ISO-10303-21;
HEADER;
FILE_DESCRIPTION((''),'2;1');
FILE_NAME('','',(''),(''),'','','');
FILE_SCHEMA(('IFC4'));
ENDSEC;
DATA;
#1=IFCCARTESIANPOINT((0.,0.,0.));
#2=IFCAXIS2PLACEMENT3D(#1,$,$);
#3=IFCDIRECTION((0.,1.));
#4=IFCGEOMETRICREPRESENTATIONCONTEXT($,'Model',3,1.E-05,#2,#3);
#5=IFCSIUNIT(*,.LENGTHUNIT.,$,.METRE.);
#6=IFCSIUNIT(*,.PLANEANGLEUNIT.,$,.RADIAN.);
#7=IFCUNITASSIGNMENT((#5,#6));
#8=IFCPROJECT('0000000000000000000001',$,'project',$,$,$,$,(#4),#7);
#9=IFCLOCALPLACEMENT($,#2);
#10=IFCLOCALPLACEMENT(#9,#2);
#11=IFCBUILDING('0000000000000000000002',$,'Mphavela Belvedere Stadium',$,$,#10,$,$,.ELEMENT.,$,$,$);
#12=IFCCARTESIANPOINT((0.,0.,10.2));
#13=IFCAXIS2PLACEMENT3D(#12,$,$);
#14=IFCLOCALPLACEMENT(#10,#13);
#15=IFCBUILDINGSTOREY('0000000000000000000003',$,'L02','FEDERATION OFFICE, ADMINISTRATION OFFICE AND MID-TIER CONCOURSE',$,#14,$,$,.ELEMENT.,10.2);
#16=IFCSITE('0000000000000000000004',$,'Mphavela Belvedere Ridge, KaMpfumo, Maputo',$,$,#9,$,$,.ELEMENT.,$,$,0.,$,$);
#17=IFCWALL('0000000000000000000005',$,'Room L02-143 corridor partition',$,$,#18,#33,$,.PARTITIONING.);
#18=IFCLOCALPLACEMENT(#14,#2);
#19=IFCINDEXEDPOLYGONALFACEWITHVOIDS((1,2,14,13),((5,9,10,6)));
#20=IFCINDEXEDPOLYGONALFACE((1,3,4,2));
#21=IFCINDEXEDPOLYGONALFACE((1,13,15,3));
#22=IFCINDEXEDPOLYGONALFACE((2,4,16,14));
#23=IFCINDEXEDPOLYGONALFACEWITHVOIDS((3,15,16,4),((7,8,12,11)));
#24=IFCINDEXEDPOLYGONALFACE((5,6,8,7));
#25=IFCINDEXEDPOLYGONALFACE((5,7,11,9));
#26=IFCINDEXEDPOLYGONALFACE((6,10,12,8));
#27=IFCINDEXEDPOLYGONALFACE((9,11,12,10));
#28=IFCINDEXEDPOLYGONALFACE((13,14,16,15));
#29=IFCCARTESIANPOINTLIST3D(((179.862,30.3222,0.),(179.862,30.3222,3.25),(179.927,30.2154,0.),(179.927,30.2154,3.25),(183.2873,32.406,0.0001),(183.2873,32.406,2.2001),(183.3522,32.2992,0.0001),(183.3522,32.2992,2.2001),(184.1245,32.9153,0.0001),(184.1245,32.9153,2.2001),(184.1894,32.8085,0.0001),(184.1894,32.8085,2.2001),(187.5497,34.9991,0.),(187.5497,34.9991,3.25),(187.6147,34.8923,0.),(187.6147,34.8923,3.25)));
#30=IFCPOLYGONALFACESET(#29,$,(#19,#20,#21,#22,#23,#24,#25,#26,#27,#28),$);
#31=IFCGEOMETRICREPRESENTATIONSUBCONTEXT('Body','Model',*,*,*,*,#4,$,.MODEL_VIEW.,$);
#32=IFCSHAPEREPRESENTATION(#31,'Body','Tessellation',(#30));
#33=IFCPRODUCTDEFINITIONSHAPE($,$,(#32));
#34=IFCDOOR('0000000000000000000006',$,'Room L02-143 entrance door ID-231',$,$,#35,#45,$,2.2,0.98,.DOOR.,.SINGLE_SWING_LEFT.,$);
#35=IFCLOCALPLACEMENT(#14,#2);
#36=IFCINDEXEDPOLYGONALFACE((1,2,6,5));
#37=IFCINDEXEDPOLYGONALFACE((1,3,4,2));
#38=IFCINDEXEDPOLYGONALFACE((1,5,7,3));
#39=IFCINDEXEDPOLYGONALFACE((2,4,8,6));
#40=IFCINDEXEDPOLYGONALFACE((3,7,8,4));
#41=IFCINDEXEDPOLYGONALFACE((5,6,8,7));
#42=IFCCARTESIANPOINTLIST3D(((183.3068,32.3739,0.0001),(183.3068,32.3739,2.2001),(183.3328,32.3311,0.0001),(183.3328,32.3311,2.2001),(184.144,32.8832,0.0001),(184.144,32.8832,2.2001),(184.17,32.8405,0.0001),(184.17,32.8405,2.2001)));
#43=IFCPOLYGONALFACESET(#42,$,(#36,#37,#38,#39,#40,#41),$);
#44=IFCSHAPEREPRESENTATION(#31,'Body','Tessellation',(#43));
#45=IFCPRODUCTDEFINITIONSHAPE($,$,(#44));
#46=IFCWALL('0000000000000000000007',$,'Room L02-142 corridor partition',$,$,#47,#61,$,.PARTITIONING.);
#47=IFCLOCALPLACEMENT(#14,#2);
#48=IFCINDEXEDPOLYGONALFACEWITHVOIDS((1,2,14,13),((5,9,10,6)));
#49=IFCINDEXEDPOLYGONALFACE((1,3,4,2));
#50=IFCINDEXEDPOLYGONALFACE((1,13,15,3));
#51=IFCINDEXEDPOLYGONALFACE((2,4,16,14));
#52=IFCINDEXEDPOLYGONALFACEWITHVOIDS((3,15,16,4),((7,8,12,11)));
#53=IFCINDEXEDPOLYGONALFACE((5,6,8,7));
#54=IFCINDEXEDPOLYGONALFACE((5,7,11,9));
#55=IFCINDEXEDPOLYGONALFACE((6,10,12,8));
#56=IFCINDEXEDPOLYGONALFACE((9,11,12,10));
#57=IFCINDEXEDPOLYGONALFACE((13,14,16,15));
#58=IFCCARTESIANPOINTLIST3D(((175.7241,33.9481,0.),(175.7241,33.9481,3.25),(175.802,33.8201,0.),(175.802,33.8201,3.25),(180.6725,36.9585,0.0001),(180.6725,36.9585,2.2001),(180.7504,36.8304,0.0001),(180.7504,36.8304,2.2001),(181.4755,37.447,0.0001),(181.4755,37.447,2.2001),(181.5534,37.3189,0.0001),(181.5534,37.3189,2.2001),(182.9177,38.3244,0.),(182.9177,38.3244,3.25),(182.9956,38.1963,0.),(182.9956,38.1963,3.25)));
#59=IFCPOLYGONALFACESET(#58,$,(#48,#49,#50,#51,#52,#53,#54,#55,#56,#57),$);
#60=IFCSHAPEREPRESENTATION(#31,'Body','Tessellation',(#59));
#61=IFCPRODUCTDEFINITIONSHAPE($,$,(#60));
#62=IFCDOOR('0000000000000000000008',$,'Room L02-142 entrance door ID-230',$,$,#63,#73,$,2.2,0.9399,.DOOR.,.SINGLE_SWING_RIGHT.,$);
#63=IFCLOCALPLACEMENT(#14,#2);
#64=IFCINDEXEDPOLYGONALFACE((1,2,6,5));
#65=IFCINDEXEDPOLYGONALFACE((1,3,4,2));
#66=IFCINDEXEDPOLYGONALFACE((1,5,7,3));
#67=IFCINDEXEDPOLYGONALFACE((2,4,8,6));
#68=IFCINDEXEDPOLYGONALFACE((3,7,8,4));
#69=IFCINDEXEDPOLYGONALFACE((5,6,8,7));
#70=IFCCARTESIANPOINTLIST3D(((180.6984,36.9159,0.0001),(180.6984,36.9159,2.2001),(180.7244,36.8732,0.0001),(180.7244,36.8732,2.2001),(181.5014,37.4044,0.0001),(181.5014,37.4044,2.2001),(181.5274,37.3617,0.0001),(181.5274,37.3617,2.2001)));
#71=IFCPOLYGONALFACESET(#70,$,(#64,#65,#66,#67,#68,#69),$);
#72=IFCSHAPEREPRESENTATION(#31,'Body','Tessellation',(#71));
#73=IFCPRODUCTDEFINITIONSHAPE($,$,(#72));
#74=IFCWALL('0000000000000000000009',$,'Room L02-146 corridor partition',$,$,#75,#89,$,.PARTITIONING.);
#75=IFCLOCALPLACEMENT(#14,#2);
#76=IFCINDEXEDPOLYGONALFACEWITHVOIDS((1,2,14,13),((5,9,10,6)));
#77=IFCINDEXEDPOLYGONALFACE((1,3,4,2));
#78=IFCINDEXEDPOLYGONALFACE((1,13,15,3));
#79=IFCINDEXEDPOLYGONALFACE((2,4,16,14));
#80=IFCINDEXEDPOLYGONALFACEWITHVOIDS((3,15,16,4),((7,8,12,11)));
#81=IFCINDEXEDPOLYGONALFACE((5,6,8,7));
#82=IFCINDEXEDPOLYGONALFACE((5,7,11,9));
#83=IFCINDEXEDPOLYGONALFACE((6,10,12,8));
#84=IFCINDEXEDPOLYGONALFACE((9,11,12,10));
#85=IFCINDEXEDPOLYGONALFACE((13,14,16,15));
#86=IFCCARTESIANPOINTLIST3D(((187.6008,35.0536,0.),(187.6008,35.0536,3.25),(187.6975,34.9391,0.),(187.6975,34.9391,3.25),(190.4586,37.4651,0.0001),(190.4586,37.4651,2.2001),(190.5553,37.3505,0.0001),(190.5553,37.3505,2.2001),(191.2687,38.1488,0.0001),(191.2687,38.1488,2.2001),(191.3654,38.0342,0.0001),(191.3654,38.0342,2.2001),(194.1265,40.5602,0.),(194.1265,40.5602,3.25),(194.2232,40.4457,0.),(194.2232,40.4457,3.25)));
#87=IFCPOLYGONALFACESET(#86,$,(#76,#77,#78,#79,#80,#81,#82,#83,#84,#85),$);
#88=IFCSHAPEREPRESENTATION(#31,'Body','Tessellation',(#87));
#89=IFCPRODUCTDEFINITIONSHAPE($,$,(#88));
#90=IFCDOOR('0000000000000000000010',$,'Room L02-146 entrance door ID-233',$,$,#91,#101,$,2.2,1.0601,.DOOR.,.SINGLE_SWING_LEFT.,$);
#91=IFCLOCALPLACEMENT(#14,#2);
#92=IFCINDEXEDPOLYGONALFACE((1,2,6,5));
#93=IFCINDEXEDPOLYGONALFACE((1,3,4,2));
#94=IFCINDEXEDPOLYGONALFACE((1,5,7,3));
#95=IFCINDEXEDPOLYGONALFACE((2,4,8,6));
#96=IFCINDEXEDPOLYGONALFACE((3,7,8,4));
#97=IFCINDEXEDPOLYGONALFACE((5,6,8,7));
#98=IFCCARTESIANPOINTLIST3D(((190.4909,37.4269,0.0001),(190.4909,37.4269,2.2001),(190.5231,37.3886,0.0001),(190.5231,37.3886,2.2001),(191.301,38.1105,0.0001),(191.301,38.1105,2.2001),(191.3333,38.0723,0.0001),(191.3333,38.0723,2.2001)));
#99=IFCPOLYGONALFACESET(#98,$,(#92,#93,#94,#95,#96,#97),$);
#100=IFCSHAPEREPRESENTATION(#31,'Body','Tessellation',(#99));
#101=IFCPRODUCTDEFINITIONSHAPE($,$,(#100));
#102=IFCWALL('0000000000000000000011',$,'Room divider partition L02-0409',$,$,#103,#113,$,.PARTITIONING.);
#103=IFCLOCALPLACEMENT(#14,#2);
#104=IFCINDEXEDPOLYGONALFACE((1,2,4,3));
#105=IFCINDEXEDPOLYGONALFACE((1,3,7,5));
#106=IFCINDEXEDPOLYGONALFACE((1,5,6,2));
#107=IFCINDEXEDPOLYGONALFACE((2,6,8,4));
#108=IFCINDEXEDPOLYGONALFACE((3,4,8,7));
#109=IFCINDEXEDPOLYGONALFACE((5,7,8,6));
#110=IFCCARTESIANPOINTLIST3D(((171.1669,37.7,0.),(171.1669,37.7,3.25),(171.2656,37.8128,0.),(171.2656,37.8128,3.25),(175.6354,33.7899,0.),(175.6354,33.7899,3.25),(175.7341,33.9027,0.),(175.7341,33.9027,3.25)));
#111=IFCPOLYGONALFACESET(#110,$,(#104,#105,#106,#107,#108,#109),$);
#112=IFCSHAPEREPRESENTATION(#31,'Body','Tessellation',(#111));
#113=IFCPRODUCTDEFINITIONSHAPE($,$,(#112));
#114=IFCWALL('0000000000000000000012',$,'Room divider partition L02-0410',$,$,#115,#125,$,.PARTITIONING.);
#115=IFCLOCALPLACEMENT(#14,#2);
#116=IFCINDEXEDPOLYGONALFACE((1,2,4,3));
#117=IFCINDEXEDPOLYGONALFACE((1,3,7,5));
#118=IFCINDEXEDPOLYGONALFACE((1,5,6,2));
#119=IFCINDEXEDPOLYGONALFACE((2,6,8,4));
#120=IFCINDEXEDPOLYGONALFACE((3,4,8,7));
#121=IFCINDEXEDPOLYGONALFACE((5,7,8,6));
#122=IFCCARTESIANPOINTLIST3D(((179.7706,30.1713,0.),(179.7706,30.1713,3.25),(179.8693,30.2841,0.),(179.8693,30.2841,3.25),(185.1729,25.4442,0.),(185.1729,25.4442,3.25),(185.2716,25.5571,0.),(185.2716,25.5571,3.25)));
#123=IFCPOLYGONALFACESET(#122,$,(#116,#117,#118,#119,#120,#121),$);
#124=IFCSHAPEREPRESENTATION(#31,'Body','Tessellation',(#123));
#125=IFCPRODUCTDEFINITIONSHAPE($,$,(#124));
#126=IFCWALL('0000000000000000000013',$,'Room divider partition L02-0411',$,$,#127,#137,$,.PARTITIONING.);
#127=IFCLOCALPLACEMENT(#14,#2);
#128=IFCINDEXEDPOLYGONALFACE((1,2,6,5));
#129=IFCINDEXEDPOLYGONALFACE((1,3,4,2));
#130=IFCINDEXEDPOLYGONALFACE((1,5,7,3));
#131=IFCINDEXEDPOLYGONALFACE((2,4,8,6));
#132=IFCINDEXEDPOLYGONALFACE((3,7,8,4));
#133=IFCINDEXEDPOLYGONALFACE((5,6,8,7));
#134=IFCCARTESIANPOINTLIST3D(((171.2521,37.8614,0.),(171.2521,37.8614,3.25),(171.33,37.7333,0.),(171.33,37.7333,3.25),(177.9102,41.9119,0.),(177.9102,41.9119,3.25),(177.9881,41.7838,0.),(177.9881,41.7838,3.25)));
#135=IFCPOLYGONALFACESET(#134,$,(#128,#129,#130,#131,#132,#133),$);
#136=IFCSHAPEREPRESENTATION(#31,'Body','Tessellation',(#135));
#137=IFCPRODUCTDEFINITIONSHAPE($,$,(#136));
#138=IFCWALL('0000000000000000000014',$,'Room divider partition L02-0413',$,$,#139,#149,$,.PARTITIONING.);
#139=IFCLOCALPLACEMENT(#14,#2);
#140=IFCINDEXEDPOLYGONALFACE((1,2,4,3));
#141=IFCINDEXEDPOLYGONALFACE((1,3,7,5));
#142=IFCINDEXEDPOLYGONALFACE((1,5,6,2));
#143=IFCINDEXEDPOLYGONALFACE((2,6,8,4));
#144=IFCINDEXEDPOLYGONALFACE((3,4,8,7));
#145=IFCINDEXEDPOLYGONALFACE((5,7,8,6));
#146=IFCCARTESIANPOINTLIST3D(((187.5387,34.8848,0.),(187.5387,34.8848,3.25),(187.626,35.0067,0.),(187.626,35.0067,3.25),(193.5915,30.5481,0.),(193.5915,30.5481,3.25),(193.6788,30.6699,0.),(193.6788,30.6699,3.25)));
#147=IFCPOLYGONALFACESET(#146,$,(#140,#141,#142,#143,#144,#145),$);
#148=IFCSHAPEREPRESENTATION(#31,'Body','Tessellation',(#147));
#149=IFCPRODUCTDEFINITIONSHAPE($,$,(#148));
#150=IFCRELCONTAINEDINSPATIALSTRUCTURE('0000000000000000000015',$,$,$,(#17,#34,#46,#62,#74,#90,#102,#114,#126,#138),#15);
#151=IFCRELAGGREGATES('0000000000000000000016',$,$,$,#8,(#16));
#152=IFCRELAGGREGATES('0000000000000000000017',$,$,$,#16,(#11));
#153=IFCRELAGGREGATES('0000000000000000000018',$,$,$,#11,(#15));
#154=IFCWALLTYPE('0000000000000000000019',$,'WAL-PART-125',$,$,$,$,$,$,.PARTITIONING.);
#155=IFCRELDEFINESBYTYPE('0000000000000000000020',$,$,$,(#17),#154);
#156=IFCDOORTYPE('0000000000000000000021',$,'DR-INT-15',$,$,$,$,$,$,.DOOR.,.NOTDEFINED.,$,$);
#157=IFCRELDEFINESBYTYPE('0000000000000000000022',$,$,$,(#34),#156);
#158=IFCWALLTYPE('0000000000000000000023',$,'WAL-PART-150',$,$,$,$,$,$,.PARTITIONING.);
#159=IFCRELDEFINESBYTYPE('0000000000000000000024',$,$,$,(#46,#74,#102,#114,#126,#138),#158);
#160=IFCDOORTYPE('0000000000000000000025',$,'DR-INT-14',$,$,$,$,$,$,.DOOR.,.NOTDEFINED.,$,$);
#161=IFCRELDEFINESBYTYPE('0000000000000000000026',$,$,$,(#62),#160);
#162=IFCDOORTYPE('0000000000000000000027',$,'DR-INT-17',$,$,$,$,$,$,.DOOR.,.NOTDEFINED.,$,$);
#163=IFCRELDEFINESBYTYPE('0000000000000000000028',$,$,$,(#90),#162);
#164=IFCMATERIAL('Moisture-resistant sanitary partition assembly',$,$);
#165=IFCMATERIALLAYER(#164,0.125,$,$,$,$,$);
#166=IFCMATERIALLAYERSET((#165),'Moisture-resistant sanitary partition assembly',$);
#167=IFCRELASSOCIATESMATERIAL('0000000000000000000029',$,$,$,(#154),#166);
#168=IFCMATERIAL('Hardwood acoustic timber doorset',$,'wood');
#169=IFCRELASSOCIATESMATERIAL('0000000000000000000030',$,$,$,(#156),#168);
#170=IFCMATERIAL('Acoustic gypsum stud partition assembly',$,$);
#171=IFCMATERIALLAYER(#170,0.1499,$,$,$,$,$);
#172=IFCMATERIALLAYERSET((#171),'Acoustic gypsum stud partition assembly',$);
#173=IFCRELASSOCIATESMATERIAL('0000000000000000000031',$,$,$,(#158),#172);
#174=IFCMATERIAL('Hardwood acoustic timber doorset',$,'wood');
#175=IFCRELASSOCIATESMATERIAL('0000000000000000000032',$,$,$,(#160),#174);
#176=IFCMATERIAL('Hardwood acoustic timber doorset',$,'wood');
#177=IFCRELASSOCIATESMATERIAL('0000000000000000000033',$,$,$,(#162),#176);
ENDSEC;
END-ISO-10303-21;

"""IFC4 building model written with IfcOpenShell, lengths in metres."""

from ifc_helpers import new_model, si_unit, direction, frame, frame_2d, origin, place, context, subcontext, project, spatial, rectangle, extrude, material, layer, layer_set, type_object, element, fill, save


model = new_model("IFC4")

# Units and contexts
model_context = context("Model", 3, precision=1e-05, world=origin(), true_north=direction((0.0, 1.0)))
body_context = subcontext(model_context, "Body", "Model", "MODEL_VIEW")
ifc_project = project(units=[si_unit("LENGTHUNIT", "METRE"), si_unit("PLANEANGLEUNIT", "RADIAN")], contexts=[model_context])

# Site, building, storey
site_placement = place(None, origin())
site = spatial("IfcSite", under=ifc_project, at=site_placement, Name="Mphavela Belvedere Ridge, KaMpfumo, Maputo", CompositionType="ELEMENT", RefElevation=0.0)
building_placement = place(site_placement, origin())
building = spatial("IfcBuilding", under=site, at=building_placement, Name="Mphavela Belvedere Stadium", CompositionType="ELEMENT")
storey_placement = place(building_placement, frame((0.0, 0.0, 10.2)))
storey = spatial("IfcBuildingStorey", under=building, at=storey_placement, Name="L02", Description="FEDERATION OFFICE, ADMINISTRATION OFFICE AND MID-TIER CONCOURSE", CompositionType="ELEMENT", Elevation=10.2)

# Walls, openings, doors
ifc_material_1 = material(Name="Moisture-resistant sanitary partition assembly")
ifc_layer_1 = layer(ifc_material_1, 0.125)
ifc_layer_set_1 = layer_set([ifc_layer_1], Name="Moisture-resistant sanitary partition assembly")
wall_type_1 = type_object("IfcWallType", Name="WAL-PART-125", PredefinedType="PARTITIONING", material=ifc_layer_set_1)
wall_1_placement = place(storey_placement, frame((179.8945, 30.2688, 0.0), z_axis=(0.0, 0.0, 1.0), x_axis=(0.854322, 0.519745, 0.0)))
wall_1 = element("IfcWall", 1, at=wall_1_placement, inside=storey, type_object=wall_type_1, Name="Room L02-143 corridor partition", PredefinedType="PARTITIONING", context=body_context, shape_type="SweptSolid", body=[
    extrude(rectangle(XDim=8.9985, YDim=0.125, at=frame_2d((4.4993, 0.0))), origin(), (0.0, 0.0, 1.0), 3.25),
])
opening_1_placement = place(wall_1_placement, frame((4.0093, 0.0, 0.0)))
opening_1 = element("IfcOpeningElement", 2, at=opening_1_placement, cuts=wall_1, PredefinedType="OPENING", context=body_context, shape_type="SweptSolid", body=[
    extrude(rectangle(XDim=0.98, YDim=2.2, at=frame_2d((0.49, 1.1001))), frame((0.0, 0.0725, 0.0), z_axis=(0.0, -1.0, 0.0), x_axis=(1.0, 0.0, 0.0)), (0.0, 0.0, 1.0), 0.145),
])
ifc_material_2 = material(Name="Hardwood acoustic timber doorset", Category="wood")
door_type_1 = type_object("IfcDoorType", Name="DR-INT-15", OperationType="NOTDEFINED", PredefinedType="DOOR", material=ifc_material_2)
door_1_placement = place(opening_1_placement, origin())
door_1 = element("IfcDoor", 3, at=door_1_placement, inside=storey, type_object=door_type_1, Name="Room L02-143 entrance door ID-231", OperationType="SINGLE_SWING_LEFT", OverallHeight=2.2, OverallWidth=0.98, PredefinedType="DOOR", context=body_context, shape_type="SweptSolid", body=[
    extrude(rectangle(XDim=0.98, YDim=2.2, at=frame_2d((0.49, 1.1001))), frame((0.0, 0.0249, 0.0), z_axis=(0.0, -1.0, 0.0), x_axis=(1.0, 0.0, 0.0)), (0.0, 0.0, 1.0), 0.05),
])
fill(opening_1, door_1)
ifc_material_3 = material(Name="Acoustic gypsum stud partition assembly")
ifc_layer_2 = layer(ifc_material_3, 0.1499)
ifc_layer_set_2 = layer_set([ifc_layer_2], Name="Acoustic gypsum stud partition assembly")
wall_type_2 = type_object("IfcWallType", Name="WAL-PART-150", PredefinedType="PARTITIONING", material=ifc_layer_set_2)
wall_2_placement = place(storey_placement, frame((182.9565, 38.2603, 0.0), z_axis=(0.0, 0.0, 1.0), x_axis=(-0.85433, -0.519731, 0.0)))
wall_2 = element("IfcWall", 4, at=wall_2_placement, inside=storey, type_object=wall_type_2, Name="Room L02-142 corridor partition", PredefinedType="PARTITIONING", context=body_context, shape_type="SweptSolid", body=[
    extrude(rectangle(XDim=8.4202, YDim=0.1499, at=frame_2d((4.21, 0.0))), origin(), (0.0, 0.0, 1.0), 3.25),
])
opening_2_placement = place(wall_2_placement, frame((1.688, 0.0, 0.0)))
opening_2 = element("IfcOpeningElement", 5, at=opening_2_placement, cuts=wall_2, PredefinedType="OPENING", context=body_context, shape_type="SweptSolid", body=[
    extrude(rectangle(XDim=0.9399, YDim=2.2, at=frame_2d((0.47, 1.1001))), frame((0.0, 0.085, 0.0), z_axis=(0.0, -1.0, 0.0), x_axis=(1.0, 0.0, 0.0)), (0.0, 0.0, 1.0), 0.1699),
])
ifc_material_4 = material(Name="Hardwood acoustic timber doorset", Category="wood")
door_type_2 = type_object("IfcDoorType", Name="DR-INT-14", OperationType="NOTDEFINED", PredefinedType="DOOR", material=ifc_material_4)
door_2_placement = place(opening_2_placement, origin())
door_2 = element("IfcDoor", 6, at=door_2_placement, inside=storey, type_object=door_type_2, Name="Room L02-142 entrance door ID-230", OperationType="SINGLE_SWING_RIGHT", OverallHeight=2.2, OverallWidth=0.9399, PredefinedType="DOOR", context=body_context, shape_type="SweptSolid", body=[
    extrude(rectangle(XDim=0.9399, YDim=2.2, at=frame_2d((0.47, 1.1001))), frame((0.0, 0.0249, 0.0), z_axis=(0.0, -1.0, 0.0), x_axis=(1.0, 0.0, 0.0)), (0.0, 0.0, 1.0), 0.05),
])
fill(opening_2, door_2)
wall_3_placement = place(storey_placement, frame((187.6492, 34.9963, 0.0), z_axis=(0.0, 0.0, 1.0), x_axis=(0.764258, 0.644911, 0.0)))
wall_3 = element("IfcWall", 7, at=wall_3_placement, inside=storey, type_object=wall_type_2, Name="Room L02-146 corridor partition", PredefinedType="PARTITIONING", context=body_context, shape_type="SweptSolid", body=[
    extrude(rectangle(XDim=8.5386, YDim=0.1499, at=frame_2d((4.2693, 0.0))), origin(), (0.0, 0.0, 1.0), 3.25),
])
opening_3_placement = place(wall_3_placement, frame((3.7393, 0.0, 0.0)))
opening_3 = element("IfcOpeningElement", 8, at=opening_3_placement, cuts=wall_3, PredefinedType="OPENING", context=body_context, shape_type="SweptSolid", body=[
    extrude(rectangle(XDim=1.0601, YDim=2.2, at=frame_2d((0.53, 1.1001))), frame((0.0, 0.085, 0.0), z_axis=(0.0, -1.0, 0.0), x_axis=(1.0, 0.0, 0.0)), (0.0, 0.0, 1.0), 0.1699),
])
ifc_material_5 = material(Name="Hardwood acoustic timber doorset", Category="wood")
door_type_3 = type_object("IfcDoorType", Name="DR-INT-17", OperationType="NOTDEFINED", PredefinedType="DOOR", material=ifc_material_5)
door_3_placement = place(opening_3_placement, origin())
door_3 = element("IfcDoor", 9, at=door_3_placement, inside=storey, type_object=door_type_3, Name="Room L02-146 entrance door ID-233", OperationType="SINGLE_SWING_LEFT", OverallHeight=2.2, OverallWidth=1.0601, PredefinedType="DOOR", context=body_context, shape_type="SweptSolid", body=[
    extrude(rectangle(XDim=1.0601, YDim=2.2, at=frame_2d((0.53, 1.1001))), frame((0.0, 0.0249, 0.0), z_axis=(0.0, -1.0, 0.0), x_axis=(1.0, 0.0, 0.0)), (0.0, 0.0, 1.0), 0.05),
])
fill(opening_3, door_3)

# Walls
wall_4_placement = place(storey_placement, frame((171.2163, 37.7563, 0.0), z_axis=(0.0, 0.0, 1.0), x_axis=(0.752559, -0.658525, 0.0)))
element("IfcWall", 10, at=wall_4_placement, inside=storey, type_object=wall_type_2, Name="Room divider partition L02-0409", PredefinedType="PARTITIONING", context=body_context, shape_type="SweptSolid", body=[
    extrude(rectangle(XDim=5.9377, YDim=0.1499, at=frame_2d((2.9688, 0.0))), origin(), (0.0, 0.0, 1.0), 3.25),
])
wall_5_placement = place(storey_placement, frame((179.8198, 30.2278, 0.0), z_axis=(0.0, 0.0, 1.0), x_axis=(0.752577, -0.658505, 0.0)))
element("IfcWall", 11, at=wall_5_placement, inside=storey, type_object=wall_type_2, Name="Room divider partition L02-0410", PredefinedType="PARTITIONING", context=body_context, shape_type="SweptSolid", body=[
    extrude(rectangle(XDim=7.1785, YDim=0.1499, at=frame_2d((3.5894, 0.0))), origin(), (0.0, 0.0, 1.0), 3.25),
])
wall_6_placement = place(storey_placement, frame((171.291, 37.7974, 0.0), z_axis=(0.0, 0.0, 1.0), x_axis=(0.854329, 0.519733, 0.0)))
element("IfcWall", 12, at=wall_6_placement, inside=storey, type_object=wall_type_2, Name="Room divider partition L02-0411", PredefinedType="PARTITIONING", context=body_context, shape_type="SweptSolid", body=[
    extrude(rectangle(XDim=7.7935, YDim=0.1499, at=frame_2d((3.8967, 0.0))), origin(), (0.0, 0.0, 1.0), 3.25),
])
wall_7_placement = place(storey_placement, frame((187.5823, 34.9458, 0.0), z_axis=(0.0, 0.0, 1.0), x_axis=(0.812889, -0.582419, 0.0)))
element("IfcWall", 13, at=wall_7_placement, inside=storey, type_object=wall_type_2, Name="Room divider partition L02-0413", PredefinedType="PARTITIONING", context=body_context, shape_type="SweptSolid", body=[
    extrude(rectangle(XDim=7.446, YDim=0.1499, at=frame_2d((3.7231, 0.0))), origin(), (0.0, 0.0, 1.0), 3.25),
])

save(model, "model.ifc")
